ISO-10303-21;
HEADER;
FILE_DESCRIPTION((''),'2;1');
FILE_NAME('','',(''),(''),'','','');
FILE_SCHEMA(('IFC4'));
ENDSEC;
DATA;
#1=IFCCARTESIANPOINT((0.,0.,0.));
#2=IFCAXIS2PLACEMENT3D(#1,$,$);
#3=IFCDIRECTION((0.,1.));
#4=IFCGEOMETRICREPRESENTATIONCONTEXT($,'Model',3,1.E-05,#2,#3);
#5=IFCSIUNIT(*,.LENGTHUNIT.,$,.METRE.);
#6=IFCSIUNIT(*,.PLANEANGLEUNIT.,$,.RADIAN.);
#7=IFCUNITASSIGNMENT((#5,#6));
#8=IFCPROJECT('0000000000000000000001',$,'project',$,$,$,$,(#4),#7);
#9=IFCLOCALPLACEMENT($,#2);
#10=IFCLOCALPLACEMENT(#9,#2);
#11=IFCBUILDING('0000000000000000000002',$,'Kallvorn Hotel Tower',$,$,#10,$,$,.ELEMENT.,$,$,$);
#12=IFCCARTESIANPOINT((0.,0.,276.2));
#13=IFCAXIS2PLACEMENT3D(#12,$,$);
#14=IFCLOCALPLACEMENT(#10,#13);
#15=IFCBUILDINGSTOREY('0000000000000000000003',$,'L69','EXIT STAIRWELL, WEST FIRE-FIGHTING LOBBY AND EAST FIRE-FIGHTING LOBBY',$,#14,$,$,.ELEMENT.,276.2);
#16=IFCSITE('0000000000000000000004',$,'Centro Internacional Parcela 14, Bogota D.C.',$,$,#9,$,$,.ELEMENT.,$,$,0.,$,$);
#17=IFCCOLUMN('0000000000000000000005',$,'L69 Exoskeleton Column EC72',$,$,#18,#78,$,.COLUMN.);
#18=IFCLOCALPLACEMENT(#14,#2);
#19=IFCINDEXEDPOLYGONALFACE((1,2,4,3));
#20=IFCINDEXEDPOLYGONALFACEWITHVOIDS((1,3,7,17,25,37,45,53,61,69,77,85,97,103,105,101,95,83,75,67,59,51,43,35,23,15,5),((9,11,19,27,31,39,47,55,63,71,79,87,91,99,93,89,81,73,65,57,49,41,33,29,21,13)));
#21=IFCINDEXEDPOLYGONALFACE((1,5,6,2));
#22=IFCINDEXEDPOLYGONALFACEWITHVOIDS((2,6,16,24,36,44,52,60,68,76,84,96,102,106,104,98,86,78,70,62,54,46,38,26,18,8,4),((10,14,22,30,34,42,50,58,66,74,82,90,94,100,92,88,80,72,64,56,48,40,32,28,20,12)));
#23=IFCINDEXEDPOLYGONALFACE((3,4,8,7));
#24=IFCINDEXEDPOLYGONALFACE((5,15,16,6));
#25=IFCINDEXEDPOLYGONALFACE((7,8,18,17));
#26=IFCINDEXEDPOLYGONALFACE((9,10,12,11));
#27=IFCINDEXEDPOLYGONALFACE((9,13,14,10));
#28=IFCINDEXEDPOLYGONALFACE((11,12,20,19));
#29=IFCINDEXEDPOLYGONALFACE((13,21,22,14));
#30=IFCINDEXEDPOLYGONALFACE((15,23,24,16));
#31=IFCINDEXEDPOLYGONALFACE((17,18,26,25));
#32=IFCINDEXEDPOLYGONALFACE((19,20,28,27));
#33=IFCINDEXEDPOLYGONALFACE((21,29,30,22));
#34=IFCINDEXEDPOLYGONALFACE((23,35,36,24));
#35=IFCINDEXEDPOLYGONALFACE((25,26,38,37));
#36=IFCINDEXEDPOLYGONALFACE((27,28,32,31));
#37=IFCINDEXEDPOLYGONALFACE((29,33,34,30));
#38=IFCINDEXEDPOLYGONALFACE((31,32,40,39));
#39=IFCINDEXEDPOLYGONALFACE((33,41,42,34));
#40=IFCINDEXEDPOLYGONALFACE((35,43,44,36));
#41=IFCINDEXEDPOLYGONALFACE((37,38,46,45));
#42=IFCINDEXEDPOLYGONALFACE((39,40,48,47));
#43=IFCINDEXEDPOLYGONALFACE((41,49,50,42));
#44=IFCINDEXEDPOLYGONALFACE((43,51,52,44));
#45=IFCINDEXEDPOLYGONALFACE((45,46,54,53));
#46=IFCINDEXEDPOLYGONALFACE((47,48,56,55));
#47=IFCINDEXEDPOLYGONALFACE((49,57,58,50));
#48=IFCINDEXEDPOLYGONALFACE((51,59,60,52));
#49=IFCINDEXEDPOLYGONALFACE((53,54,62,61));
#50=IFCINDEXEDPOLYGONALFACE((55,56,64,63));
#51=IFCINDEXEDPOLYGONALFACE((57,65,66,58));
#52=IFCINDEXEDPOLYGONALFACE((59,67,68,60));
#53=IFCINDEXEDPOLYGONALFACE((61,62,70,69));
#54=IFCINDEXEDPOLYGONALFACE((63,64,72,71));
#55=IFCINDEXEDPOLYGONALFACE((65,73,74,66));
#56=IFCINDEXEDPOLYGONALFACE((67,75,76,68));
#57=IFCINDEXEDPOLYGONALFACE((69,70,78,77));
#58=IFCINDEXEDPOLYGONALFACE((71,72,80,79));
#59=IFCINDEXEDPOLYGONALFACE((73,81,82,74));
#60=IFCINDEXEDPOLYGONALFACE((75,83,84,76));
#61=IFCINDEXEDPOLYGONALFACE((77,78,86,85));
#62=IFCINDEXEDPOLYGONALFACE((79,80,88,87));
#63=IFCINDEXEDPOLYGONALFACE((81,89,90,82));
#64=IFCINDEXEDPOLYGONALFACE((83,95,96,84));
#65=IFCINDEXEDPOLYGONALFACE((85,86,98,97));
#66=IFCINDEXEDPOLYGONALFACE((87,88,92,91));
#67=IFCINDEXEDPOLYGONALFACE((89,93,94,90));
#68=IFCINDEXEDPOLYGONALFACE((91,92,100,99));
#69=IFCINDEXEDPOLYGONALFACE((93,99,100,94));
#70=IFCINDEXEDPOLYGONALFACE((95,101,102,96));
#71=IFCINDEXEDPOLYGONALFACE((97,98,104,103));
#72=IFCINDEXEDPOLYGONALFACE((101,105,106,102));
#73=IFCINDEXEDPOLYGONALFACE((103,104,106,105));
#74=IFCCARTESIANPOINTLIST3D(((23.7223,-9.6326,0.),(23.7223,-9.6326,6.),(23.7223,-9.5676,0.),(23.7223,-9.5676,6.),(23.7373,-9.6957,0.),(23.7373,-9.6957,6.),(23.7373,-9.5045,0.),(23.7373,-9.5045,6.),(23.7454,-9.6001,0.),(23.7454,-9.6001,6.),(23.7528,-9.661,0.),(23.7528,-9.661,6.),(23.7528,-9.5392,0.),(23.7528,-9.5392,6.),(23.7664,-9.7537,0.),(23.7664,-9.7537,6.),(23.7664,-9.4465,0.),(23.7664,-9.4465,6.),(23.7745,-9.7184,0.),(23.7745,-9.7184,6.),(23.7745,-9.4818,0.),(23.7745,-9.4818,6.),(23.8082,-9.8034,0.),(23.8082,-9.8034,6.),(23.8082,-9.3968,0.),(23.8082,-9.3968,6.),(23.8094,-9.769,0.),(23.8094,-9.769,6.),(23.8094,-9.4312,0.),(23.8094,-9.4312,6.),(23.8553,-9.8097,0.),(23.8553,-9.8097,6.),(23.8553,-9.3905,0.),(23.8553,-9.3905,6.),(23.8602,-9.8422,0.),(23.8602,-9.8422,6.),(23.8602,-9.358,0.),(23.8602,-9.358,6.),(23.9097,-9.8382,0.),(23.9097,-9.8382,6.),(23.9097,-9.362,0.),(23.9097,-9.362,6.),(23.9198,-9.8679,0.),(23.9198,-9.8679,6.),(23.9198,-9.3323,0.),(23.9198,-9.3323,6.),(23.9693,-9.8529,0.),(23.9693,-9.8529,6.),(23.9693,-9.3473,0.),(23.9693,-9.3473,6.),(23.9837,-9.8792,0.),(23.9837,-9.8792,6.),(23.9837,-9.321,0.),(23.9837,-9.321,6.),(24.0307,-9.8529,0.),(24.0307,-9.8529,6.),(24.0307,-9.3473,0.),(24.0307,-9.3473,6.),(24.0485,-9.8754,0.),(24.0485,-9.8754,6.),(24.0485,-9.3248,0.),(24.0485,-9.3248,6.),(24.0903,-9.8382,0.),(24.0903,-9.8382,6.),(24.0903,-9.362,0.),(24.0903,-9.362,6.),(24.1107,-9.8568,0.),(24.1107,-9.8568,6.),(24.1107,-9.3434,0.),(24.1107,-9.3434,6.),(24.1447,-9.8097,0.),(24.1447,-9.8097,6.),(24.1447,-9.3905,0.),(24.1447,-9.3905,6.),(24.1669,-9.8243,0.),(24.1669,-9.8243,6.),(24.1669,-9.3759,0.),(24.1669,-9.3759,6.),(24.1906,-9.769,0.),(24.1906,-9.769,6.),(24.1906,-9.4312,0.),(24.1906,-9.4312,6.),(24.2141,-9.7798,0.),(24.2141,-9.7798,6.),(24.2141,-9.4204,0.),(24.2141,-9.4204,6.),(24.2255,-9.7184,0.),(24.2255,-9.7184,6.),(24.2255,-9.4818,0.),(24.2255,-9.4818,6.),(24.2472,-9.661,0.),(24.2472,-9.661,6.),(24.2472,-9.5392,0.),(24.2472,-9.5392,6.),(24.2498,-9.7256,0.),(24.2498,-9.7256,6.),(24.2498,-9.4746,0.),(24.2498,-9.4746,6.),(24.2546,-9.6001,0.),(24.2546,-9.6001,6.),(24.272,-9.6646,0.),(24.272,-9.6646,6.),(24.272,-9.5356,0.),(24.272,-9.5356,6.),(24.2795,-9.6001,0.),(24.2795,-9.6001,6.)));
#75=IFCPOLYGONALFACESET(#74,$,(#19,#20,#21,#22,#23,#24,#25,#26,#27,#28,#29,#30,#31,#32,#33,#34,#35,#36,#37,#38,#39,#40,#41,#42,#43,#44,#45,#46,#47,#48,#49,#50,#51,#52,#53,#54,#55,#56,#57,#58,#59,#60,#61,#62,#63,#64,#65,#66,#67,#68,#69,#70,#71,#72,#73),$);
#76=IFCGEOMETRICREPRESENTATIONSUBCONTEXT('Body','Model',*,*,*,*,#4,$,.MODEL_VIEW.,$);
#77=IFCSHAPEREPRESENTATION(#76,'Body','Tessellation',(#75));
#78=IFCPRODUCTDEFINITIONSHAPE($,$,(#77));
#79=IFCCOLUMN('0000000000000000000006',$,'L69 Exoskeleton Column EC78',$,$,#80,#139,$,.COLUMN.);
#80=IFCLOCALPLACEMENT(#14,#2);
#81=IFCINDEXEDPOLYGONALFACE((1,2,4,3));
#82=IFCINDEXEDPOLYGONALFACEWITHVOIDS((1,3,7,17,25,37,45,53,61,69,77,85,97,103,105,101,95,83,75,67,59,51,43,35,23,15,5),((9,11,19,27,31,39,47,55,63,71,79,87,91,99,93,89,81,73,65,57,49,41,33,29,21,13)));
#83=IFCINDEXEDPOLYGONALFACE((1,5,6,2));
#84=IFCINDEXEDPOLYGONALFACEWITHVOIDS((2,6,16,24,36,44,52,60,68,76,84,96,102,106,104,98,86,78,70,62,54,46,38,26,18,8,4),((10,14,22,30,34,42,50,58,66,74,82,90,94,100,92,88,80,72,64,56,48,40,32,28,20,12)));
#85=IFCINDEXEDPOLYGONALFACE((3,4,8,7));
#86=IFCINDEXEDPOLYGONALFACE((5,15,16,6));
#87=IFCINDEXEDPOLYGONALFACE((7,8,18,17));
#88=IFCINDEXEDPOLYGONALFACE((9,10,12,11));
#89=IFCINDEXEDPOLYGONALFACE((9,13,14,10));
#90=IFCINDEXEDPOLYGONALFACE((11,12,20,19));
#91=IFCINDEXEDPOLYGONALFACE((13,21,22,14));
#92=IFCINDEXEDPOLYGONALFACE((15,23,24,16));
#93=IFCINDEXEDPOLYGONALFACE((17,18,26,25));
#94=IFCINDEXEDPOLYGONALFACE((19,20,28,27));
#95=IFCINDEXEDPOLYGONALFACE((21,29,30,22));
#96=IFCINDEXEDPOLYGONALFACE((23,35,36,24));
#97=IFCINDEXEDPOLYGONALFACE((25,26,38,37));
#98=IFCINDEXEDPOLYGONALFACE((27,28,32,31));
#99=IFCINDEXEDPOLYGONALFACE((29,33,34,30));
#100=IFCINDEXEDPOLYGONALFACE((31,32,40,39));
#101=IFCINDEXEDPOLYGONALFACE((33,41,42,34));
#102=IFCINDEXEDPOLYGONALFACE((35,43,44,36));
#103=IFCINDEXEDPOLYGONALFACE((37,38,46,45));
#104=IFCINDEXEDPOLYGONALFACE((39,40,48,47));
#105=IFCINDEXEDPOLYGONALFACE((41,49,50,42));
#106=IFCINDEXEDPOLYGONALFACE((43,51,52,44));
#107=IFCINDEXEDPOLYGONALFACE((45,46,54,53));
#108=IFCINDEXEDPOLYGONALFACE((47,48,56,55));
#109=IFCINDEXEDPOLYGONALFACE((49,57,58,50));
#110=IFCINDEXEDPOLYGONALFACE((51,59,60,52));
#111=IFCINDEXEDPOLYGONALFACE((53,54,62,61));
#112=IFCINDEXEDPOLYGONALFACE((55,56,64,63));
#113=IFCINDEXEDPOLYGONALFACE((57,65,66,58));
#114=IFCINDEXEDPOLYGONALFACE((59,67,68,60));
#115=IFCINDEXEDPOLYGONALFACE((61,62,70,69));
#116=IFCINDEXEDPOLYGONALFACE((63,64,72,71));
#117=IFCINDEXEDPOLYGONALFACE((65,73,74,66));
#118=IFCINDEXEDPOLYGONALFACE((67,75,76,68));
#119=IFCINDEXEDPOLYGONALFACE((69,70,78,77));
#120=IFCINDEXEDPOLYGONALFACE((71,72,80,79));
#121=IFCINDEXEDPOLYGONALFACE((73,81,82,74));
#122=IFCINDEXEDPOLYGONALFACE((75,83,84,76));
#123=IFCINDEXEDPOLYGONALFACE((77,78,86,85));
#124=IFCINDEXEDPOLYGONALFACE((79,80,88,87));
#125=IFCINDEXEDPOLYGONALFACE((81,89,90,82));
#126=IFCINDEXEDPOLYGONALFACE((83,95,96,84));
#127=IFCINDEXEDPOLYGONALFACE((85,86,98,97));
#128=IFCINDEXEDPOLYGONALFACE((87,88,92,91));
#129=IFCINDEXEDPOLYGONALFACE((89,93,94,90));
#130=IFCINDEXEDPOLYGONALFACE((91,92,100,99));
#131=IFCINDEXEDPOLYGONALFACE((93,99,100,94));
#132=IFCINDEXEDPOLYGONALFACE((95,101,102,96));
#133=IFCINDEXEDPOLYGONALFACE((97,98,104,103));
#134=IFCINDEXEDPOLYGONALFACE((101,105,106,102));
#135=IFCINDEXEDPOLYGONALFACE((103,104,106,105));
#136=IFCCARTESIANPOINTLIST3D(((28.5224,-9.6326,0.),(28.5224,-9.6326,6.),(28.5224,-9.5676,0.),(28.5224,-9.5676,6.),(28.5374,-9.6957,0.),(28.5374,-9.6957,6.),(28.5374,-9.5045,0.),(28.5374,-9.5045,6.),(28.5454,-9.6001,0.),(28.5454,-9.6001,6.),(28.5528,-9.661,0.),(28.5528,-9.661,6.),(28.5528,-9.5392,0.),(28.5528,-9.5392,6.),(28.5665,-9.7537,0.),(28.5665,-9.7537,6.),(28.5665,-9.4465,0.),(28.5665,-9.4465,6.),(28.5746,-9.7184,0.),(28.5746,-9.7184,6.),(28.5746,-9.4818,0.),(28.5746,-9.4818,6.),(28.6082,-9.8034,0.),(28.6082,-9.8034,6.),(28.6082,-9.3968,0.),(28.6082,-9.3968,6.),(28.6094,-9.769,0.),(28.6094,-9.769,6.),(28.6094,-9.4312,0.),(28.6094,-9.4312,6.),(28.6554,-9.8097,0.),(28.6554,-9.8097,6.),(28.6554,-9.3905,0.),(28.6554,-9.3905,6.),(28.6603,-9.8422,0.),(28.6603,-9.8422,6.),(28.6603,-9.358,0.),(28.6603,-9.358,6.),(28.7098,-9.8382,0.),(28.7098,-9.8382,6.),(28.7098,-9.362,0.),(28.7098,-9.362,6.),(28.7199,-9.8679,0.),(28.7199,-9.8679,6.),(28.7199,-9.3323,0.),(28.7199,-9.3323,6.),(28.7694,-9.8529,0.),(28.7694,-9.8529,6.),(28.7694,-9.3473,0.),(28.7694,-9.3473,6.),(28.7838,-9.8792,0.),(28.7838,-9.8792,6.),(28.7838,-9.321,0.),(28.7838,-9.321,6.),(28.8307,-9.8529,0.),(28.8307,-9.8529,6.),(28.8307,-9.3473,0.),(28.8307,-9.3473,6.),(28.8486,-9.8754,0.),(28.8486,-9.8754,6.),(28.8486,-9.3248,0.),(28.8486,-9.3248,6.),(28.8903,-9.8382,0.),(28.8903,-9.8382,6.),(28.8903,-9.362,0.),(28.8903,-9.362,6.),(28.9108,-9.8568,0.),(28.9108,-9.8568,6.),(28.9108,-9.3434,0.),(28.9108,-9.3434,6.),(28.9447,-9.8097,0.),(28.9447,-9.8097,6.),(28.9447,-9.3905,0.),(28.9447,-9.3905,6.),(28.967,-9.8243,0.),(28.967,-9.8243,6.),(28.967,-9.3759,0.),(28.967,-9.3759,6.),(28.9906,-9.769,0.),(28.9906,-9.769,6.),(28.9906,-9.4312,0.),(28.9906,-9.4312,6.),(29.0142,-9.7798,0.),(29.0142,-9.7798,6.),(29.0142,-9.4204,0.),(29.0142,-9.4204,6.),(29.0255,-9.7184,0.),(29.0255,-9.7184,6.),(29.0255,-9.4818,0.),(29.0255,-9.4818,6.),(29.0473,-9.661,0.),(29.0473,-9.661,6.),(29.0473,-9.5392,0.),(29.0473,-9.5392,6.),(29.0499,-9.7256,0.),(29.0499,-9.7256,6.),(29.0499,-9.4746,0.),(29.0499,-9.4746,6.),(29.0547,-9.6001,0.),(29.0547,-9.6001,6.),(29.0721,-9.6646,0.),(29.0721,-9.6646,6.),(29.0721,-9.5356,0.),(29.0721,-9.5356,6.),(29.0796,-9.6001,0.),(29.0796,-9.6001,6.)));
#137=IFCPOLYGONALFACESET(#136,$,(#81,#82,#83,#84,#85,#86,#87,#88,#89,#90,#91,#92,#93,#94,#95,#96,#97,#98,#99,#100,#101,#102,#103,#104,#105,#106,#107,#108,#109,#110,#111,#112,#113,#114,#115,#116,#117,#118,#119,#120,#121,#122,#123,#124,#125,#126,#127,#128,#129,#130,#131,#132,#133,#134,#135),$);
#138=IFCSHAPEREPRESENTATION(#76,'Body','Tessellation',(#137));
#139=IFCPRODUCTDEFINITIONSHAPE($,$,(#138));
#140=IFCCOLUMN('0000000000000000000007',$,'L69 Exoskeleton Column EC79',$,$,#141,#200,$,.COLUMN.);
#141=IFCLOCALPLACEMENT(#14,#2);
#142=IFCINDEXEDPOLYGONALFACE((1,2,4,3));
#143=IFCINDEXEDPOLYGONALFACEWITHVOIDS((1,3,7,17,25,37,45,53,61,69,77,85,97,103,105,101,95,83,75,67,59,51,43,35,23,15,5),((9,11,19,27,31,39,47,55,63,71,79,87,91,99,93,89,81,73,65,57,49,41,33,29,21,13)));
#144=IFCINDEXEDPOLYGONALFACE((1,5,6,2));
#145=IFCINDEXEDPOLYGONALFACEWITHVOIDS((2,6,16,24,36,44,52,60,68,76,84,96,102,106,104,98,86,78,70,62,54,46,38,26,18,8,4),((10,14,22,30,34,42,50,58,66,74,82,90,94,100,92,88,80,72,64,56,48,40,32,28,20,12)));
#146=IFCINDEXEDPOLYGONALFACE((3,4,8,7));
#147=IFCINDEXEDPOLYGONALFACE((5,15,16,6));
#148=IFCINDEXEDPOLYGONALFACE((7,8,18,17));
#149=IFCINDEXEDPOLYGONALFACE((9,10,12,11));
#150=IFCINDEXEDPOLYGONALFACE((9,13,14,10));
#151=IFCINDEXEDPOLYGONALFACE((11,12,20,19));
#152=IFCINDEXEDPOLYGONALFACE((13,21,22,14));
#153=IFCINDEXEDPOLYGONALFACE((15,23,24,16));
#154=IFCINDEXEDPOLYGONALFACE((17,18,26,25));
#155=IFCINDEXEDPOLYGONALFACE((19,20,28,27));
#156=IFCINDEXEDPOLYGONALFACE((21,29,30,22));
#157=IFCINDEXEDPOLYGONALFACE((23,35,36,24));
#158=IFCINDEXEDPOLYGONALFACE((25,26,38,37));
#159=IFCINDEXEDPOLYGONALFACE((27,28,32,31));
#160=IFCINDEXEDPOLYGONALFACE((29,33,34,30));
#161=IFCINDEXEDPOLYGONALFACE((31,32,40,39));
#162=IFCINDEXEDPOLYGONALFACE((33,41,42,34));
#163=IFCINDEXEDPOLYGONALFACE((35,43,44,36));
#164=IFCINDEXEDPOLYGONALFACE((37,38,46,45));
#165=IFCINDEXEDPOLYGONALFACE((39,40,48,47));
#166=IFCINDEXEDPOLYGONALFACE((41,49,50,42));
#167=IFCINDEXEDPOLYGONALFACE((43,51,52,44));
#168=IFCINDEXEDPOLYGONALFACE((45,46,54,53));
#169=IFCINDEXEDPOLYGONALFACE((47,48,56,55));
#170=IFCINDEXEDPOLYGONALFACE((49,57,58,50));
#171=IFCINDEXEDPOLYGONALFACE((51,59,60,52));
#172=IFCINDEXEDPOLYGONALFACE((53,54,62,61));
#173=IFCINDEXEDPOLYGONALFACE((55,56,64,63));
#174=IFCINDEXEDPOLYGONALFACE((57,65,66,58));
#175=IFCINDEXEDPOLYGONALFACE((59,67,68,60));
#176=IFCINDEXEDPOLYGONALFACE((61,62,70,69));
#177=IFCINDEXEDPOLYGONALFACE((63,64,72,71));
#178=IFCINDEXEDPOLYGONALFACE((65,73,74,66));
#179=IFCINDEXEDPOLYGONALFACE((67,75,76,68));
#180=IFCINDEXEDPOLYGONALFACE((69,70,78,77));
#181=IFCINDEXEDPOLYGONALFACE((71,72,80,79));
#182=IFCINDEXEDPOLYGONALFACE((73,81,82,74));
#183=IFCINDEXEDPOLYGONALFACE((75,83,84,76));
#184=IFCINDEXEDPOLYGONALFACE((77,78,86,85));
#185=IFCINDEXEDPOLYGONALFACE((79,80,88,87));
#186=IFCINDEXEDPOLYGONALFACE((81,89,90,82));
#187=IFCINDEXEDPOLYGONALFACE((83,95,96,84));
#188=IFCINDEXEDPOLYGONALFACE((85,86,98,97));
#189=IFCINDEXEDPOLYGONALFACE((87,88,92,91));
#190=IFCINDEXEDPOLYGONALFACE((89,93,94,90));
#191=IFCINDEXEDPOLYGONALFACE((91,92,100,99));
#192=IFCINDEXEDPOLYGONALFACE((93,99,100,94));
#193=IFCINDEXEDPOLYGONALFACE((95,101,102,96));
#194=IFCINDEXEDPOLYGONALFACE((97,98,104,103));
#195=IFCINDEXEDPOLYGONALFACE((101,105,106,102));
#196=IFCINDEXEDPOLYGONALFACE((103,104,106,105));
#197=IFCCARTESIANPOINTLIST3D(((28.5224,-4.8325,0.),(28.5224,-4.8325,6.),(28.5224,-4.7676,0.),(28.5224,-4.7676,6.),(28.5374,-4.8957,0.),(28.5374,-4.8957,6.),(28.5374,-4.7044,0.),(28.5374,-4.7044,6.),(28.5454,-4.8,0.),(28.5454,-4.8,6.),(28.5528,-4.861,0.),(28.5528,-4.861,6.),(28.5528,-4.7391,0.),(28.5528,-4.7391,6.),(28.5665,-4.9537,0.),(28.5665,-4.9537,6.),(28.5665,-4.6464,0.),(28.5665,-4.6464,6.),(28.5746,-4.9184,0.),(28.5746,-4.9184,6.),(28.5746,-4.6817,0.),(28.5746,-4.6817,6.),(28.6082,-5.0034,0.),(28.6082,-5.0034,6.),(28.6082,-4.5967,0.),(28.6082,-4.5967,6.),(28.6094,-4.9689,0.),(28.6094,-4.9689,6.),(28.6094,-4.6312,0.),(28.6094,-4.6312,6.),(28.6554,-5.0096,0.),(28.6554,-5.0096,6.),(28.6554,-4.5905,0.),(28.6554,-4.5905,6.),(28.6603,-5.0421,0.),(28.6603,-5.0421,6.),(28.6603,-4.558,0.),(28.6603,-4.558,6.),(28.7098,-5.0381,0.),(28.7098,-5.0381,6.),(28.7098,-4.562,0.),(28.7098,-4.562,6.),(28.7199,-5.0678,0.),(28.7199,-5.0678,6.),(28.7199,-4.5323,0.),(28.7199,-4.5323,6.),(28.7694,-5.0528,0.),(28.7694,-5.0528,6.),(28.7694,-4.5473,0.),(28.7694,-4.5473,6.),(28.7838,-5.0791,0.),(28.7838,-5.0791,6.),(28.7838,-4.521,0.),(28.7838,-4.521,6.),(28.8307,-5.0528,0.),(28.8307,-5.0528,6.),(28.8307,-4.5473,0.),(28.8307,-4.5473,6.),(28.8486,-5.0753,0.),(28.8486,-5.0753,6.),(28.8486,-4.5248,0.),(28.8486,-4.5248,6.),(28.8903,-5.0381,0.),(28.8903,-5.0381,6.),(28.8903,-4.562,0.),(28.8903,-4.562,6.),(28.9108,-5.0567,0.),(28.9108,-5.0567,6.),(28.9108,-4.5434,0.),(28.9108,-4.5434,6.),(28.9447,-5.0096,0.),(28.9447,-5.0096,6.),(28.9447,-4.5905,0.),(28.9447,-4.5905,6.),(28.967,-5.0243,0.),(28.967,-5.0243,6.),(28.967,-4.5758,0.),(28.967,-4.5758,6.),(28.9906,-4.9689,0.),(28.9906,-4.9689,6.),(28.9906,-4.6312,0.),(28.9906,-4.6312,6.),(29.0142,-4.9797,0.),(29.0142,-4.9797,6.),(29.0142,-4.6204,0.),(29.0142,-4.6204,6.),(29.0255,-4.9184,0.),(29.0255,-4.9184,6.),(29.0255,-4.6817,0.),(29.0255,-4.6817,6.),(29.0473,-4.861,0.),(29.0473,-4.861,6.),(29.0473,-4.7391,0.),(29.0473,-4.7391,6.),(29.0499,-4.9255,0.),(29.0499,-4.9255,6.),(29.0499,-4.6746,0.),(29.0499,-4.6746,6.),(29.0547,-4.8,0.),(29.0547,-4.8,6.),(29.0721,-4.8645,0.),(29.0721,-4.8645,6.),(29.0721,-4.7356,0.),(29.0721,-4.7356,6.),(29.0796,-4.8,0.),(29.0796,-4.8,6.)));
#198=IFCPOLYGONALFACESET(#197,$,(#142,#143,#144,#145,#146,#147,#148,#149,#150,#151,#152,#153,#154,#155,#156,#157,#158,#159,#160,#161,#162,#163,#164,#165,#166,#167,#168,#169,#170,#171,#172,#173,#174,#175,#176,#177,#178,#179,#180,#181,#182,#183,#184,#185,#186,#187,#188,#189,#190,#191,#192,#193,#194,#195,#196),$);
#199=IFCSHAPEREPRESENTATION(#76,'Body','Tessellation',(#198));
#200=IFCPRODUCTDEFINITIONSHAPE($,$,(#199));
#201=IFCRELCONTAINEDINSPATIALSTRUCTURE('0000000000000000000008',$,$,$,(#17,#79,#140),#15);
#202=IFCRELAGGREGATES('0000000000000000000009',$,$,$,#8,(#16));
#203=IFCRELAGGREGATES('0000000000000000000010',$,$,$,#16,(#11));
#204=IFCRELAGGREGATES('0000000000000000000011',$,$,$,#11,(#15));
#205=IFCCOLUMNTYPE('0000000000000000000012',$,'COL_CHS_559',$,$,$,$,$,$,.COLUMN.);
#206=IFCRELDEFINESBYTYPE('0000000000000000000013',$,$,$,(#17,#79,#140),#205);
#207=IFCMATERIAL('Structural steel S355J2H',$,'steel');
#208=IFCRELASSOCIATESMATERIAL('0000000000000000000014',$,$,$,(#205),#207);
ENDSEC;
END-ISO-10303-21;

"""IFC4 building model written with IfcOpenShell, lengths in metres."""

from ifc_helpers import new_model, si_unit, direction, frame, origin, origin_2d, place, context, subcontext, project, spatial, hollow_circle, extrude, material, material_profile, profile_set, type_object, element, save


model = new_model("IFC4")

# Units and contexts
model_context = context("Model", 3, precision=1e-05, world=origin(), true_north=direction((0.0, 1.0)))
body_context = subcontext(model_context, "Body", "Model", "MODEL_VIEW")
ifc_project = project(units=[si_unit("LENGTHUNIT", "METRE"), si_unit("PLANEANGLEUNIT", "RADIAN")], contexts=[model_context])

# Site, building, storey
site_placement = place(None, origin())
site = spatial("IfcSite", under=ifc_project, at=site_placement, Name="Centro Internacional Parcela 14, Bogota D.C.", CompositionType="ELEMENT", RefElevation=0.0)
building_placement = place(site_placement, origin())
building = spatial("IfcBuilding", under=site, at=building_placement, Name="Kallvorn Hotel Tower", CompositionType="ELEMENT")
storey_placement = place(building_placement, frame((0.0, 0.0, 276.2)))
storey = spatial("IfcBuildingStorey", under=building, at=storey_placement, Name="L69", Description="EXIT STAIRWELL, WEST FIRE-FIGHTING LOBBY AND EAST FIRE-FIGHTING LOBBY", CompositionType="ELEMENT", Elevation=276.2)

# Columns
ifc_material_1 = material(Name="Structural steel S355J2H", Category="steel")
ifc_material_profile_1 = material_profile(ifc_material_1, hollow_circle(Radius=0.2795, WallThickness=0.0249, at=origin_2d()), Name="CHS 559x25")
ifc_profile_set_1 = profile_set([ifc_material_profile_1], Name="Structural steel S355J2H")
column_type_1 = type_object("IfcColumnType", Name="COL_CHS_559", PredefinedType="COLUMN", material=ifc_profile_set_1)
for number, where, z_axis, x_axis, name in (
    (1, (24.0, -9.6001, 0.0), (0.0, 0.0, 1.0), (1.0, 0.0, 0.0), "L69 Exoskeleton Column EC72"),
    (2, (28.8, -9.6001, 0.0), (0.0, 0.0, 1.0), (1.0, 0.0, 0.0), "L69 Exoskeleton Column EC78"),
    (3, (28.8, -4.8, 0.0), (0.0, 0.0, 1.0), (1.0, 0.0, 0.0), "L69 Exoskeleton Column EC79"),
):
    element("IfcColumn", number, at=place(storey_placement, frame(where, z_axis=z_axis, x_axis=x_axis)), inside=storey, type_object=column_type_1, Name=name, PredefinedType="COLUMN", context=body_context, shape_type="SweptSolid", body=[
        extrude(hollow_circle(Radius=0.2795, WallThickness=0.0249, at=origin_2d()), origin(), (0.0, 0.0, 1.0), 6.0),
    ])

save(model, "model.ifc")
